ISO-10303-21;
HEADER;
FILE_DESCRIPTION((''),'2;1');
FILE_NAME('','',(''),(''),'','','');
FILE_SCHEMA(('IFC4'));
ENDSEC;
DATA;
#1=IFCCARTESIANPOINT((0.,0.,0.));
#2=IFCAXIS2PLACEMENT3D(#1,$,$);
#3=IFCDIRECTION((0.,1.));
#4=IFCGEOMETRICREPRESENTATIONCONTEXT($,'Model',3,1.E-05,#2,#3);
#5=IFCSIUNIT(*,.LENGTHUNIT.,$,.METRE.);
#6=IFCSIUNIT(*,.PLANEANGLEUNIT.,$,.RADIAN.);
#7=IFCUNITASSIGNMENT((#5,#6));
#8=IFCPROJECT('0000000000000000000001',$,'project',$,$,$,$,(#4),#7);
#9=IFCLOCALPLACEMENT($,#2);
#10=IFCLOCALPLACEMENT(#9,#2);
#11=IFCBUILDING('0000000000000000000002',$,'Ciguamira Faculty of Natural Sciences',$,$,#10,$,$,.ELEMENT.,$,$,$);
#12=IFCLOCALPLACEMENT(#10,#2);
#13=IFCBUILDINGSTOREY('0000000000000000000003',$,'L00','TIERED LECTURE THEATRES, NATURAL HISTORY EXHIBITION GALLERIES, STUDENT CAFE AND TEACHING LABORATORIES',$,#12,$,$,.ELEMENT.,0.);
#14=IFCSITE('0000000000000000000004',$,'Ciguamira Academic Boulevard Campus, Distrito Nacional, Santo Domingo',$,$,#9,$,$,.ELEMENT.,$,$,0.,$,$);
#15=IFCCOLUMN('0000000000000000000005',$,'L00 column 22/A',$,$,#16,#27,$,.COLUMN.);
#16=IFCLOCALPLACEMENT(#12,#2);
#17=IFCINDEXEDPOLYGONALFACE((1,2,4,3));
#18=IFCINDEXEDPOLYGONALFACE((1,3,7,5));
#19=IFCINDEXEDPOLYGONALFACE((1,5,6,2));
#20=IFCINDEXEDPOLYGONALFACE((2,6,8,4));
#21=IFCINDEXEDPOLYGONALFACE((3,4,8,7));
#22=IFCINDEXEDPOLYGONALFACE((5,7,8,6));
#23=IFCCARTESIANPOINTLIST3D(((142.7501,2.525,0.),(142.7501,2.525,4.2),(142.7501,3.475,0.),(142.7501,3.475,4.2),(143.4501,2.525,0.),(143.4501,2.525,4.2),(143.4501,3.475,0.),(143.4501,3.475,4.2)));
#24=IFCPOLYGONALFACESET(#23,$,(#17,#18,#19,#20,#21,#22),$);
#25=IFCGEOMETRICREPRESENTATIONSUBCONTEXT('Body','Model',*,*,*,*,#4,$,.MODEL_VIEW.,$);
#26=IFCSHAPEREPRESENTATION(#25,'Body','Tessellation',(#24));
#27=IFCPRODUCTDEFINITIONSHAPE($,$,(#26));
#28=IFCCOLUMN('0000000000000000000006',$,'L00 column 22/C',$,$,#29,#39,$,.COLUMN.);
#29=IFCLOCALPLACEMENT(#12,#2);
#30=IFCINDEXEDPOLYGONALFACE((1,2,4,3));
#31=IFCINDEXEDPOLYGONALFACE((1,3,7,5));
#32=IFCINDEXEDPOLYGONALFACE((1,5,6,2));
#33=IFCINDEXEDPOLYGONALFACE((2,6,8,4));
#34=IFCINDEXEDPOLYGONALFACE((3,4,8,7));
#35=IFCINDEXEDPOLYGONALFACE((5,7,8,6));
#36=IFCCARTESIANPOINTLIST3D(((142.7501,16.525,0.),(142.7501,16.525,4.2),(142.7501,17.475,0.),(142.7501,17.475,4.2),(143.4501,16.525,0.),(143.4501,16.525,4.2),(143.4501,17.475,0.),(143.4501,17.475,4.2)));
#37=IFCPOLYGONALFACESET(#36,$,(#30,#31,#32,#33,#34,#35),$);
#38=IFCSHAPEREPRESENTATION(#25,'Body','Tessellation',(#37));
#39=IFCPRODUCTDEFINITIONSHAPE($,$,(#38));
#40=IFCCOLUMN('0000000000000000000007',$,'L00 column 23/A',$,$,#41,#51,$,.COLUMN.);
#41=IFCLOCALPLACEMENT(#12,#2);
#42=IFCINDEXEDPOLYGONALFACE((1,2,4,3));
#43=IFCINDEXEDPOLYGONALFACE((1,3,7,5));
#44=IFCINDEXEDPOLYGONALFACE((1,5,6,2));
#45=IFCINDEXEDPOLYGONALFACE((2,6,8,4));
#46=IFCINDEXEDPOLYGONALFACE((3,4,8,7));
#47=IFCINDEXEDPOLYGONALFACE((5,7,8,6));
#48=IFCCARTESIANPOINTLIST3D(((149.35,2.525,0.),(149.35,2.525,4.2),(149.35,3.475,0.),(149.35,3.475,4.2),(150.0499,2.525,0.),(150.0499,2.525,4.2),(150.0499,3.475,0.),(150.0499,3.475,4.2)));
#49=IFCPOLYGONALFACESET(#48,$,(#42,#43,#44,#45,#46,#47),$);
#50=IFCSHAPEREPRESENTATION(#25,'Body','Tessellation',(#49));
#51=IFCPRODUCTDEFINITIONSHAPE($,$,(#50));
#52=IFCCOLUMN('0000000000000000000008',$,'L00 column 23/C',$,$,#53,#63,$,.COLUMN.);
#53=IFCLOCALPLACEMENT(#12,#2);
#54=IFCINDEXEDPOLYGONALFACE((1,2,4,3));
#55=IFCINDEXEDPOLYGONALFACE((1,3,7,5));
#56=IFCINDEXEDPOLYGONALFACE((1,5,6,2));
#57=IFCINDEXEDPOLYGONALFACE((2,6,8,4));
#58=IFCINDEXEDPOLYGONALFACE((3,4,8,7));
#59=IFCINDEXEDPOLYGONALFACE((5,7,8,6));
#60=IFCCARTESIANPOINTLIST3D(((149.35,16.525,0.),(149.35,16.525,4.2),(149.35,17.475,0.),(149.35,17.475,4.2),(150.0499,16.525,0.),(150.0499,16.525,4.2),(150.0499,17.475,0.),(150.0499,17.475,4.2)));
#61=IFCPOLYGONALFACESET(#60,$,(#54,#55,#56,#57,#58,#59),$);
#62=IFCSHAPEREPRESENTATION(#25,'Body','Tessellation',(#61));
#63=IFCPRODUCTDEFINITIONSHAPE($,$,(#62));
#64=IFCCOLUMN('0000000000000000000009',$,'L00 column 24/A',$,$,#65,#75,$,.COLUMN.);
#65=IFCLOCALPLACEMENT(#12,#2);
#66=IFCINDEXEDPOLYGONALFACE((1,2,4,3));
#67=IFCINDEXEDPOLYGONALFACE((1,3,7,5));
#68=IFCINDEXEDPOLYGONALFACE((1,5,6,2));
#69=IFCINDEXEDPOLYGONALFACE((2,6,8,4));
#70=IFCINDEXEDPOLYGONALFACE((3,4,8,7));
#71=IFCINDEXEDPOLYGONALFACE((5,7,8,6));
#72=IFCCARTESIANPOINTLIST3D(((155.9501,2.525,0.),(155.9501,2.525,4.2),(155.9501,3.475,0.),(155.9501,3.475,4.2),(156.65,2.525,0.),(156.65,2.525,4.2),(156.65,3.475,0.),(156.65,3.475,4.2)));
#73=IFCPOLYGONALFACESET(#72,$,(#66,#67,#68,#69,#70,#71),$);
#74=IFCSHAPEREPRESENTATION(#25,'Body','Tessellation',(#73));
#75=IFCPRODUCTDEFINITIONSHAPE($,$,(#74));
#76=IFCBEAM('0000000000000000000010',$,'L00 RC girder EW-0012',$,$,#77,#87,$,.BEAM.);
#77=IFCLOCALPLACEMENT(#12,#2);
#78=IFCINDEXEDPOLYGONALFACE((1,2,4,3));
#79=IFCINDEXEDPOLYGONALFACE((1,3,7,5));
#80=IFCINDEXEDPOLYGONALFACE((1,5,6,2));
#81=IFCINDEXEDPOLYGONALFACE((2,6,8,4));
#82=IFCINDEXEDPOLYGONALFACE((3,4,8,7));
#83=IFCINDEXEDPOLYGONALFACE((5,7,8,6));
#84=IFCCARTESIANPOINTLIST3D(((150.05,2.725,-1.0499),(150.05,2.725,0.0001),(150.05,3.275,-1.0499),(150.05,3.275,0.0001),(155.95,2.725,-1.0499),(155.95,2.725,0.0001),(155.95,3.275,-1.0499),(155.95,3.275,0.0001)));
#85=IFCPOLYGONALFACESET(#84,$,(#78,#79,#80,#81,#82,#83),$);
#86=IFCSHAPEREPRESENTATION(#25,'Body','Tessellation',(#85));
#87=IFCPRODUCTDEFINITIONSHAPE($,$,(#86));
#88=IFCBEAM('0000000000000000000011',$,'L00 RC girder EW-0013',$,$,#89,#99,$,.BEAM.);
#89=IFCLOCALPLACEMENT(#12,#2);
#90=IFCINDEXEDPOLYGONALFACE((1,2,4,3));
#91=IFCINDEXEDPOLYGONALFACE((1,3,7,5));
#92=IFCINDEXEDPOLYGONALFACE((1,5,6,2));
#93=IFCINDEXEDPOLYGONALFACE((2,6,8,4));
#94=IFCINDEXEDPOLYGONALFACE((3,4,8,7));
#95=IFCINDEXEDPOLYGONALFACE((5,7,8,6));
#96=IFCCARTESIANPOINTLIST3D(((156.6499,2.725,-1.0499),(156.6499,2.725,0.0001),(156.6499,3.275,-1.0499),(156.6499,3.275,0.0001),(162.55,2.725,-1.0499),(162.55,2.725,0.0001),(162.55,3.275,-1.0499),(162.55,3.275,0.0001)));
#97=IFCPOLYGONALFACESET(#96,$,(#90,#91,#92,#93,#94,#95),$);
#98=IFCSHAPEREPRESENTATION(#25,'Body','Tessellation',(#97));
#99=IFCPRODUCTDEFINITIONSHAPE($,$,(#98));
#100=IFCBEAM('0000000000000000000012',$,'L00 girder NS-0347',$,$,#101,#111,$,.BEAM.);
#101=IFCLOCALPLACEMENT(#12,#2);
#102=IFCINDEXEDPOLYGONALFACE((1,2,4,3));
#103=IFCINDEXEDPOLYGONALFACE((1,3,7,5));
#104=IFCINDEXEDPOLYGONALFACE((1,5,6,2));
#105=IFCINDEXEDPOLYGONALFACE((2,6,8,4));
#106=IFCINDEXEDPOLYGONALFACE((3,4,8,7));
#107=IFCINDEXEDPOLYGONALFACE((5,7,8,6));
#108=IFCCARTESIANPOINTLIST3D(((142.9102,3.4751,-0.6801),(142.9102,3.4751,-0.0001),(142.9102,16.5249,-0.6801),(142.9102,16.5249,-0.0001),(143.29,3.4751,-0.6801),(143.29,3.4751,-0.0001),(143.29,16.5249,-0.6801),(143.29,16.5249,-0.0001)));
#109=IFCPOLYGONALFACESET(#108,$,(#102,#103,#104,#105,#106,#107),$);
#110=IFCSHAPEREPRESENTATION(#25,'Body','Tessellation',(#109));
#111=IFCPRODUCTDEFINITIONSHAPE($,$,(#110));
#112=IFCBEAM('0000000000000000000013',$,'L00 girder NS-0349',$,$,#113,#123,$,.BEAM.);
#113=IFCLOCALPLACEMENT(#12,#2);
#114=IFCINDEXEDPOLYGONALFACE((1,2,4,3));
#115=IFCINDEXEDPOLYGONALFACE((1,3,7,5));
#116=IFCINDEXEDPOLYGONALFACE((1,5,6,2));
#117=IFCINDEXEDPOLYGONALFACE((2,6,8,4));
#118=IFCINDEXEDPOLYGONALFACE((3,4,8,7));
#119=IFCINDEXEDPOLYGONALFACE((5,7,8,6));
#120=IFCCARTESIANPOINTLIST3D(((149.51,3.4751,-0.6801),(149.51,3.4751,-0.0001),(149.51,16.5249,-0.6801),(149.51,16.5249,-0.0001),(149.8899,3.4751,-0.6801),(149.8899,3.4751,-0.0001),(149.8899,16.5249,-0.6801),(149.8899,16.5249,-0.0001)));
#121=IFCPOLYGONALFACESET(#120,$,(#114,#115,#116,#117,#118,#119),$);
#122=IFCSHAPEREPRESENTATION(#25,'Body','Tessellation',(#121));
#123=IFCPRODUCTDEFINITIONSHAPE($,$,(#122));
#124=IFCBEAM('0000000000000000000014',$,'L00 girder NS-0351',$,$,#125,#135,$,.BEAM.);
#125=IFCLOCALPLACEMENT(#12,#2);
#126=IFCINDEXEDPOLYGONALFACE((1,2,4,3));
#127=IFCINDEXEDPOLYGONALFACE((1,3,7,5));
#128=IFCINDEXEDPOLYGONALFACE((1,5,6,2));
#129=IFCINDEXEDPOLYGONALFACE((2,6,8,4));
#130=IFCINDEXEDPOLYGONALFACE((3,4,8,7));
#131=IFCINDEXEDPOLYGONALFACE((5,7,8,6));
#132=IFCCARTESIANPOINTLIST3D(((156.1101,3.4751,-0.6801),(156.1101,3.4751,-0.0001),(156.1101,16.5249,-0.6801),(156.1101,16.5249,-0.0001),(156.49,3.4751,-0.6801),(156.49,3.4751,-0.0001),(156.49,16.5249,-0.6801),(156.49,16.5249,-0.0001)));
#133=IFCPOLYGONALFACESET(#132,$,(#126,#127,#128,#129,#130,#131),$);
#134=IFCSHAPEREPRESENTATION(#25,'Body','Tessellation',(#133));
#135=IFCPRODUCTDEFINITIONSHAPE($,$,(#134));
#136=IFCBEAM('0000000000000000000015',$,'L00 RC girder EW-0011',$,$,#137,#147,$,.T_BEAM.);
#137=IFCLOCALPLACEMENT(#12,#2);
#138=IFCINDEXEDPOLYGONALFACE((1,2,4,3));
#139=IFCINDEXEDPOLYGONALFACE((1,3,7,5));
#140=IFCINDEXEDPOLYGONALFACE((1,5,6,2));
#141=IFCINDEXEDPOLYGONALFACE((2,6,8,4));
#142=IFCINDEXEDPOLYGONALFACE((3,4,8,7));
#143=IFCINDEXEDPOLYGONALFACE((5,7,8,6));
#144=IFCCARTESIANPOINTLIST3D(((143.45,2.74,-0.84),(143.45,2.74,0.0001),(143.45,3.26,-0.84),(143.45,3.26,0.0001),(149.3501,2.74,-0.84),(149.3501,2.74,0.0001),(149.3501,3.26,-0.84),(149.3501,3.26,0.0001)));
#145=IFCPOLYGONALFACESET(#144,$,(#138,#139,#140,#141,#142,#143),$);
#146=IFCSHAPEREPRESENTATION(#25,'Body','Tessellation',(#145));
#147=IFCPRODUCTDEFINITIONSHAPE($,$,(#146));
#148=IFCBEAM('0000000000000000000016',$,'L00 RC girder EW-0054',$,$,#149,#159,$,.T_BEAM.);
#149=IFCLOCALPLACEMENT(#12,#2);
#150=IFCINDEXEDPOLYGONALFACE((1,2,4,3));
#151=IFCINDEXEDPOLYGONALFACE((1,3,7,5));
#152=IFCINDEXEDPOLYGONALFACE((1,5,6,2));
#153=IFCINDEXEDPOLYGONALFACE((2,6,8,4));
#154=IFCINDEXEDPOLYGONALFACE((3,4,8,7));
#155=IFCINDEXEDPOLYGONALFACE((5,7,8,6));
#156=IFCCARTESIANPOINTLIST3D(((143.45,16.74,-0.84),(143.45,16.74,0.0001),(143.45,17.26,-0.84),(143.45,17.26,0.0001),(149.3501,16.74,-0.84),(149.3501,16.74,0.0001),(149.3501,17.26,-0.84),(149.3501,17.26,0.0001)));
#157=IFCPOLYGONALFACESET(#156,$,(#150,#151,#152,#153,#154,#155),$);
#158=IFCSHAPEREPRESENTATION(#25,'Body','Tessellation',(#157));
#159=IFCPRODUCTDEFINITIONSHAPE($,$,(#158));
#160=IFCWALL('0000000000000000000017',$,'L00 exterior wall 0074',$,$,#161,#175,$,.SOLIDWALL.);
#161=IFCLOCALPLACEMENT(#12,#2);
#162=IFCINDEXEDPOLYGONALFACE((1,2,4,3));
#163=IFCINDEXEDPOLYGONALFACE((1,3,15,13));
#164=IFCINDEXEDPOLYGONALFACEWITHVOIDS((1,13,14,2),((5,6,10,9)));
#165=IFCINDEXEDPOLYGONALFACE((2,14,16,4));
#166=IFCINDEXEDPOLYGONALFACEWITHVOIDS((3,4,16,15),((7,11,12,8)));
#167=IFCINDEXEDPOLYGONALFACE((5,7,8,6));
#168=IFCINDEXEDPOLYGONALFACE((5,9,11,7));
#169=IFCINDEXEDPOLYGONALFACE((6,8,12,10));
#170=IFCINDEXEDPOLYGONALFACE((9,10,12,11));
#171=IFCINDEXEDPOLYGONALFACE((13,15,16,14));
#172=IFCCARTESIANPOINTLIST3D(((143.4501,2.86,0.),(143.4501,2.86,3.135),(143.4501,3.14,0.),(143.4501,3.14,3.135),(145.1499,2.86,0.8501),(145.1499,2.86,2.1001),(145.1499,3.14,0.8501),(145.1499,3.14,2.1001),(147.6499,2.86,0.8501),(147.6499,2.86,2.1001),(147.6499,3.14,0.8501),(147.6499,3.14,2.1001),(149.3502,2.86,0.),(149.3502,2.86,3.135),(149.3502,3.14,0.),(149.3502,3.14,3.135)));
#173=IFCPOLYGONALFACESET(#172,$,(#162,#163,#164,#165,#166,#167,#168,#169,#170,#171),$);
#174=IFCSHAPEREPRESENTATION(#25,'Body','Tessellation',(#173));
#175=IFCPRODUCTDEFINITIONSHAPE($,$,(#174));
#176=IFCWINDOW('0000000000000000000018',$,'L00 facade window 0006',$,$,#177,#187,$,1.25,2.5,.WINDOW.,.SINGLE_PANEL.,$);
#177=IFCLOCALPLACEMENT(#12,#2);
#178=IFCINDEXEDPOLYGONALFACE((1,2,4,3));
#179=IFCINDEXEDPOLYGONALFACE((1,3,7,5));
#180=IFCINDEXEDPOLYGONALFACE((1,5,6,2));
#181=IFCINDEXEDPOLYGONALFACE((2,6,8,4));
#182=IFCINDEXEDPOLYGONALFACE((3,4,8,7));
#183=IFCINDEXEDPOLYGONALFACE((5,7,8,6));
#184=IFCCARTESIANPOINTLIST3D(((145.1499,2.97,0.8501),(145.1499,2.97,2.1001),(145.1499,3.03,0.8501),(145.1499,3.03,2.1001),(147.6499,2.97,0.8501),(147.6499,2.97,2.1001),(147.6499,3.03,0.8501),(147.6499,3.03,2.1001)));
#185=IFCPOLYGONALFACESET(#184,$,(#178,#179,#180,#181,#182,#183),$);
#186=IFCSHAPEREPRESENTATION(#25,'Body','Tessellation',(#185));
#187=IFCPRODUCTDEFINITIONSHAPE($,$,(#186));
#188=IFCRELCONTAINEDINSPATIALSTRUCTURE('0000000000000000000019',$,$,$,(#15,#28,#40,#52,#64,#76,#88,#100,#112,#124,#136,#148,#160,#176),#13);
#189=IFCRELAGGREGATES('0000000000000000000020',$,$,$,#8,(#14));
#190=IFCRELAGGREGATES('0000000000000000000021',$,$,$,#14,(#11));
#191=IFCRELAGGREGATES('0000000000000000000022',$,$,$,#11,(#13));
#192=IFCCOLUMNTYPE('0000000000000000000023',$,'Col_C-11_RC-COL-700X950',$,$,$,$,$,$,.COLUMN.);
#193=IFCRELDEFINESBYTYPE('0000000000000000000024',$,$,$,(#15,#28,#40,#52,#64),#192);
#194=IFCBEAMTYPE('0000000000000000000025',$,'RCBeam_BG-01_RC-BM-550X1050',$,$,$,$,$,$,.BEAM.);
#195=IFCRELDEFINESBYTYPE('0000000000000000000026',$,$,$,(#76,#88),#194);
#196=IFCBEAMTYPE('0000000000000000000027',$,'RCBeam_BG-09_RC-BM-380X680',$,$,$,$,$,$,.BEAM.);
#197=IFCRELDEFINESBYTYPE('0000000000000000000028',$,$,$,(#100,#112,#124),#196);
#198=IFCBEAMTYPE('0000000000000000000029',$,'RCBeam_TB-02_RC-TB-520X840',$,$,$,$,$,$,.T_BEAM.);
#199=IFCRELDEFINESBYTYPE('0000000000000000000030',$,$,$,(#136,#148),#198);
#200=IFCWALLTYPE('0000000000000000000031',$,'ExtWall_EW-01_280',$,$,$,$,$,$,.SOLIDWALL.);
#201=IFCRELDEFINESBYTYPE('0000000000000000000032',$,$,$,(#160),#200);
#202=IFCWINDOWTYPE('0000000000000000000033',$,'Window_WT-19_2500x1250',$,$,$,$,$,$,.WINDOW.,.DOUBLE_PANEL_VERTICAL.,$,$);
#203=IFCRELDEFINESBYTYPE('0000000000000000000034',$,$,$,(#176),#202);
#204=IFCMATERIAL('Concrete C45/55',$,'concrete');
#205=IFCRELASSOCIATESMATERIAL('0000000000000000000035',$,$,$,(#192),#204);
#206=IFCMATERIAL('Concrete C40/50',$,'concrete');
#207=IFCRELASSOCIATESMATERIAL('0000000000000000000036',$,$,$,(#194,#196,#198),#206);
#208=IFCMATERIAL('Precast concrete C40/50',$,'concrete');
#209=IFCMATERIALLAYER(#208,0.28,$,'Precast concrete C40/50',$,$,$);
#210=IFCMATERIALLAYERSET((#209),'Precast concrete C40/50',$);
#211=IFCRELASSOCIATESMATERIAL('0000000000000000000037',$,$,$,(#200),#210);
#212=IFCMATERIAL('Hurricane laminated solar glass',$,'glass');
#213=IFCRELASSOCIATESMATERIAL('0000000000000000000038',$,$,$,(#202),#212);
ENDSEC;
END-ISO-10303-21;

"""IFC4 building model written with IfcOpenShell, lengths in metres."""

from ifc_helpers import new_model, si_unit, direction, frame, frame_2d, origin, origin_2d, place, context, subcontext, project, spatial, rectangle, extrude, material, layer, layer_set, material_profile, profile_set, type_object, element, fill, save


model = new_model("IFC4")

# Units and contexts
model_context = context("Model", 3, precision=1e-05, world=origin(), true_north=direction((0.0, 1.0)))
body_context = subcontext(model_context, "Body", "Model", "MODEL_VIEW")
ifc_project = project(units=[si_unit("LENGTHUNIT", "METRE"), si_unit("PLANEANGLEUNIT", "RADIAN")], contexts=[model_context])

# Site, building, storey
site_placement = place(None, origin())
site = spatial("IfcSite", under=ifc_project, at=site_placement, Name="Ciguamira Academic Boulevard Campus, Distrito Nacional, Santo Domingo", CompositionType="ELEMENT", RefElevation=0.0)
building_placement = place(site_placement, origin())
building = spatial("IfcBuilding", under=site, at=building_placement, Name="Ciguamira Faculty of Natural Sciences", CompositionType="ELEMENT")
storey_placement = place(building_placement, origin())
storey = spatial("IfcBuildingStorey", under=building, at=storey_placement, Name="L00", Description="TIERED LECTURE THEATRES, NATURAL HISTORY EXHIBITION GALLERIES, STUDENT CAFE AND TEACHING LABORATORIES", CompositionType="ELEMENT", Elevation=0.0)

# Columns
ifc_material_1 = material(Name="Concrete C45/55", Category="concrete")
ifc_material_profile_1 = material_profile(ifc_material_1, rectangle(XDim=0.7, YDim=0.95, at=origin_2d()), Name="RC-COL-700X950")
ifc_profile_set_1 = profile_set([ifc_material_profile_1], Name="Concrete C45/55")
column_type = type_object("IfcColumnType", Name="Col_C-11_RC-COL-700X950", PredefinedType="COLUMN", material=ifc_profile_set_1)
for number, where, z_axis, x_axis, name in (
    (1, (143.1001, 3.0, 0.0), (0.0, 0.0, 1.0), (1.0, 0.0, 0.0), "L00 column 22/A"),
    (2, (143.1001, 17.0, 0.0), (0.0, 0.0, 1.0), (1.0, 0.0, 0.0), "L00 column 22/C"),
    (3, (149.7, 3.0, 0.0), (0.0, 0.0, 1.0), (1.0, 0.0, 0.0), "L00 column 23/A"),
    (4, (149.7, 17.0, 0.0), (0.0, 0.0, 1.0), (1.0, 0.0, 0.0), "L00 column 23/C"),
    (5, (156.3, 3.0, 0.0), (0.0, 0.0, 1.0), (1.0, 0.0, 0.0), "L00 column 24/A"),
):
    element("IfcColumn", number, at=place(storey_placement, frame(where, z_axis=z_axis, x_axis=x_axis)), inside=storey, type_object=column_type, Name=name, PredefinedType="COLUMN", context=body_context, shape_type="SweptSolid", body=[
        extrude(rectangle(XDim=0.7, YDim=0.95, at=origin_2d()), origin(), (0.0, 0.0, 1.0), 4.2),
    ])

# Beams
ifc_material_2 = material(Name="Concrete C40/50", Category="concrete")
ifc_material_profile_2 = material_profile(ifc_material_2, rectangle(XDim=0.55, YDim=1.05, at=origin_2d()), Name="RC-BM-550X1050")
ifc_profile_set_2 = profile_set([ifc_material_profile_2], Name="Concrete C40/50")
beam_type_1 = type_object("IfcBeamType", Name="RCBeam_BG-01_RC-BM-550X1050", PredefinedType="BEAM", material=ifc_profile_set_2)
beam_1_placement = place(storey_placement, frame((150.05, 3.0, -0.5249), z_axis=(1.0, 0.0, 0.0), x_axis=(0.0, 1.0, 0.0)))
element("IfcBeam", 6, at=beam_1_placement, inside=storey, type_object=beam_type_1, Name="L00 RC girder EW-0012", PredefinedType="BEAM", context=body_context, shape_type="SweptSolid", body=[
    extrude(rectangle(XDim=0.55, YDim=1.05, at=origin_2d()), origin(), (0.0, 0.0, 1.0), 5.8999),
])
beam_2_placement = place(storey_placement, frame((156.6499, 3.0, -0.5249), z_axis=(1.0, 0.0, 0.0), x_axis=(0.0, 1.0, 0.0)))
element("IfcBeam", 7, at=beam_2_placement, inside=storey, type_object=beam_type_1, Name="L00 RC girder EW-0013", PredefinedType="BEAM", context=body_context, shape_type="SweptSolid", body=[
    extrude(rectangle(XDim=0.55, YDim=1.05, at=origin_2d()), origin(), (0.0, 0.0, 1.0), 5.9001),
])
ifc_material_profile_3 = material_profile(ifc_material_2, rectangle(XDim=0.3799, YDim=0.6799, at=origin_2d()), Name="RC-BM-380X680")
ifc_profile_set_3 = profile_set([ifc_material_profile_3], Name="Concrete C40/50")
beam_type_2 = type_object("IfcBeamType", Name="RCBeam_BG-09_RC-BM-380X680", PredefinedType="BEAM", material=ifc_profile_set_3)
for number, where, z_axis, x_axis, name in (
    (8, (143.1001, 3.4751, -0.3401), (0.0, 1.0, 0.0), (-1.0, 0.0, 0.0), "L00 girder NS-0347"),
    (9, (149.7, 3.4751, -0.3401), (0.0, 1.0, 0.0), (-1.0, 0.0, 0.0), "L00 girder NS-0349"),
    (10, (156.3, 3.4751, -0.3401), (0.0, 1.0, 0.0), (-1.0, 0.0, 0.0), "L00 girder NS-0351"),
):
    element("IfcBeam", number, at=place(storey_placement, frame(where, z_axis=z_axis, x_axis=x_axis)), inside=storey, type_object=beam_type_2, Name=name, PredefinedType="BEAM", context=body_context, shape_type="SweptSolid", body=[
        extrude(rectangle(XDim=0.3799, YDim=0.6799, at=origin_2d()), origin(), (0.0, 0.0, 1.0), 13.0498),
    ])
ifc_material_profile_4 = material_profile(ifc_material_2, rectangle(XDim=0.52, YDim=0.8401, at=origin_2d()), Name="RC-TB-520X840")
ifc_profile_set_4 = profile_set([ifc_material_profile_4], Name="Concrete C40/50")
beam_type_3 = type_object("IfcBeamType", Name="RCBeam_TB-02_RC-TB-520X840", PredefinedType="T_BEAM", material=ifc_profile_set_4)
for number, where, z_axis, x_axis, name in (
    (11, (143.45, 3.0, -0.4199), (1.0, 0.0, 0.0), (0.0, 1.0, 0.0), "L00 RC girder EW-0011"),
    (12, (143.45, 17.0, -0.4199), (1.0, 0.0, 0.0), (0.0, 1.0, 0.0), "L00 RC girder EW-0054"),
):
    element("IfcBeam", number, at=place(storey_placement, frame(where, z_axis=z_axis, x_axis=x_axis)), inside=storey, type_object=beam_type_3, Name=name, PredefinedType="T_BEAM", context=body_context, shape_type="SweptSolid", body=[
        extrude(rectangle(XDim=0.52, YDim=0.8401, at=origin_2d()), origin(), (0.0, 0.0, 1.0), 5.9001),
    ])

# Wall, opening, window
ifc_material_3 = material(Name="Precast concrete C40/50", Category="concrete")
ifc_layer_1 = layer(ifc_material_3, 0.28, Name="Precast concrete C40/50")
ifc_layer_set_1 = layer_set([ifc_layer_1], Name="Precast concrete C40/50")
wall_type_1 = type_object("IfcWallType", Name="ExtWall_EW-01_280", PredefinedType="SOLIDWALL", material=ifc_layer_set_1)
wall_1_placement = place(storey_placement, frame((143.45, 3.0, 0.0), z_axis=(0.0, 0.0, 1.0), x_axis=(1.0, 0.0, 0.0)))
wall_1 = element("IfcWall", 13, at=wall_1_placement, inside=storey, type_object=wall_type_1, Name="L00 exterior wall 0074", PredefinedType="SOLIDWALL", context=body_context, shape_type="SweptSolid", body=[
    extrude(rectangle(XDim=5.9001, YDim=0.28, at=frame_2d((2.9502, 0.0))), origin(), (0.0, 0.0, 1.0), 3.135),
])
opening_1_placement = place(wall_1_placement, frame((1.7, 0.0, 0.8501)))
opening_1 = element("IfcOpeningElement", 14, at=opening_1_placement, cuts=wall_1, PredefinedType="OPENING", context=body_context, shape_type="SweptSolid", body=[
    extrude(rectangle(XDim=2.5, YDim=1.25, at=frame_2d((1.25, 0.625))), frame((0.0, 0.1499, 0.0), z_axis=(0.0, -1.0, 0.0), x_axis=(1.0, 0.0, 0.0)), (0.0, 0.0, 1.0), 0.3),
])
ifc_material_4 = material(Name="Hurricane laminated solar glass", Category="glass")
window_type_1 = type_object("IfcWindowType", Name="Window_WT-19_2500x1250", PartitioningType="DOUBLE_PANEL_VERTICAL", PredefinedType="WINDOW", material=ifc_material_4)
window_1_placement = place(opening_1_placement, origin())
window_1 = element("IfcWindow", 15, at=window_1_placement, inside=storey, type_object=window_type_1, Name="L00 facade window 0006", OverallHeight=1.25, OverallWidth=2.5, PartitioningType="SINGLE_PANEL", PredefinedType="WINDOW", context=body_context, shape_type="SweptSolid", body=[
    extrude(rectangle(XDim=2.5, YDim=1.25, at=frame_2d((1.25, 0.625))), frame((0.0, 0.03, 0.0), z_axis=(0.0, -1.0, 0.0), x_axis=(1.0, 0.0, 0.0)), (0.0, 0.0, 1.0), 0.0601),
])
fill(opening_1, window_1)

save(model, "model.ifc")
